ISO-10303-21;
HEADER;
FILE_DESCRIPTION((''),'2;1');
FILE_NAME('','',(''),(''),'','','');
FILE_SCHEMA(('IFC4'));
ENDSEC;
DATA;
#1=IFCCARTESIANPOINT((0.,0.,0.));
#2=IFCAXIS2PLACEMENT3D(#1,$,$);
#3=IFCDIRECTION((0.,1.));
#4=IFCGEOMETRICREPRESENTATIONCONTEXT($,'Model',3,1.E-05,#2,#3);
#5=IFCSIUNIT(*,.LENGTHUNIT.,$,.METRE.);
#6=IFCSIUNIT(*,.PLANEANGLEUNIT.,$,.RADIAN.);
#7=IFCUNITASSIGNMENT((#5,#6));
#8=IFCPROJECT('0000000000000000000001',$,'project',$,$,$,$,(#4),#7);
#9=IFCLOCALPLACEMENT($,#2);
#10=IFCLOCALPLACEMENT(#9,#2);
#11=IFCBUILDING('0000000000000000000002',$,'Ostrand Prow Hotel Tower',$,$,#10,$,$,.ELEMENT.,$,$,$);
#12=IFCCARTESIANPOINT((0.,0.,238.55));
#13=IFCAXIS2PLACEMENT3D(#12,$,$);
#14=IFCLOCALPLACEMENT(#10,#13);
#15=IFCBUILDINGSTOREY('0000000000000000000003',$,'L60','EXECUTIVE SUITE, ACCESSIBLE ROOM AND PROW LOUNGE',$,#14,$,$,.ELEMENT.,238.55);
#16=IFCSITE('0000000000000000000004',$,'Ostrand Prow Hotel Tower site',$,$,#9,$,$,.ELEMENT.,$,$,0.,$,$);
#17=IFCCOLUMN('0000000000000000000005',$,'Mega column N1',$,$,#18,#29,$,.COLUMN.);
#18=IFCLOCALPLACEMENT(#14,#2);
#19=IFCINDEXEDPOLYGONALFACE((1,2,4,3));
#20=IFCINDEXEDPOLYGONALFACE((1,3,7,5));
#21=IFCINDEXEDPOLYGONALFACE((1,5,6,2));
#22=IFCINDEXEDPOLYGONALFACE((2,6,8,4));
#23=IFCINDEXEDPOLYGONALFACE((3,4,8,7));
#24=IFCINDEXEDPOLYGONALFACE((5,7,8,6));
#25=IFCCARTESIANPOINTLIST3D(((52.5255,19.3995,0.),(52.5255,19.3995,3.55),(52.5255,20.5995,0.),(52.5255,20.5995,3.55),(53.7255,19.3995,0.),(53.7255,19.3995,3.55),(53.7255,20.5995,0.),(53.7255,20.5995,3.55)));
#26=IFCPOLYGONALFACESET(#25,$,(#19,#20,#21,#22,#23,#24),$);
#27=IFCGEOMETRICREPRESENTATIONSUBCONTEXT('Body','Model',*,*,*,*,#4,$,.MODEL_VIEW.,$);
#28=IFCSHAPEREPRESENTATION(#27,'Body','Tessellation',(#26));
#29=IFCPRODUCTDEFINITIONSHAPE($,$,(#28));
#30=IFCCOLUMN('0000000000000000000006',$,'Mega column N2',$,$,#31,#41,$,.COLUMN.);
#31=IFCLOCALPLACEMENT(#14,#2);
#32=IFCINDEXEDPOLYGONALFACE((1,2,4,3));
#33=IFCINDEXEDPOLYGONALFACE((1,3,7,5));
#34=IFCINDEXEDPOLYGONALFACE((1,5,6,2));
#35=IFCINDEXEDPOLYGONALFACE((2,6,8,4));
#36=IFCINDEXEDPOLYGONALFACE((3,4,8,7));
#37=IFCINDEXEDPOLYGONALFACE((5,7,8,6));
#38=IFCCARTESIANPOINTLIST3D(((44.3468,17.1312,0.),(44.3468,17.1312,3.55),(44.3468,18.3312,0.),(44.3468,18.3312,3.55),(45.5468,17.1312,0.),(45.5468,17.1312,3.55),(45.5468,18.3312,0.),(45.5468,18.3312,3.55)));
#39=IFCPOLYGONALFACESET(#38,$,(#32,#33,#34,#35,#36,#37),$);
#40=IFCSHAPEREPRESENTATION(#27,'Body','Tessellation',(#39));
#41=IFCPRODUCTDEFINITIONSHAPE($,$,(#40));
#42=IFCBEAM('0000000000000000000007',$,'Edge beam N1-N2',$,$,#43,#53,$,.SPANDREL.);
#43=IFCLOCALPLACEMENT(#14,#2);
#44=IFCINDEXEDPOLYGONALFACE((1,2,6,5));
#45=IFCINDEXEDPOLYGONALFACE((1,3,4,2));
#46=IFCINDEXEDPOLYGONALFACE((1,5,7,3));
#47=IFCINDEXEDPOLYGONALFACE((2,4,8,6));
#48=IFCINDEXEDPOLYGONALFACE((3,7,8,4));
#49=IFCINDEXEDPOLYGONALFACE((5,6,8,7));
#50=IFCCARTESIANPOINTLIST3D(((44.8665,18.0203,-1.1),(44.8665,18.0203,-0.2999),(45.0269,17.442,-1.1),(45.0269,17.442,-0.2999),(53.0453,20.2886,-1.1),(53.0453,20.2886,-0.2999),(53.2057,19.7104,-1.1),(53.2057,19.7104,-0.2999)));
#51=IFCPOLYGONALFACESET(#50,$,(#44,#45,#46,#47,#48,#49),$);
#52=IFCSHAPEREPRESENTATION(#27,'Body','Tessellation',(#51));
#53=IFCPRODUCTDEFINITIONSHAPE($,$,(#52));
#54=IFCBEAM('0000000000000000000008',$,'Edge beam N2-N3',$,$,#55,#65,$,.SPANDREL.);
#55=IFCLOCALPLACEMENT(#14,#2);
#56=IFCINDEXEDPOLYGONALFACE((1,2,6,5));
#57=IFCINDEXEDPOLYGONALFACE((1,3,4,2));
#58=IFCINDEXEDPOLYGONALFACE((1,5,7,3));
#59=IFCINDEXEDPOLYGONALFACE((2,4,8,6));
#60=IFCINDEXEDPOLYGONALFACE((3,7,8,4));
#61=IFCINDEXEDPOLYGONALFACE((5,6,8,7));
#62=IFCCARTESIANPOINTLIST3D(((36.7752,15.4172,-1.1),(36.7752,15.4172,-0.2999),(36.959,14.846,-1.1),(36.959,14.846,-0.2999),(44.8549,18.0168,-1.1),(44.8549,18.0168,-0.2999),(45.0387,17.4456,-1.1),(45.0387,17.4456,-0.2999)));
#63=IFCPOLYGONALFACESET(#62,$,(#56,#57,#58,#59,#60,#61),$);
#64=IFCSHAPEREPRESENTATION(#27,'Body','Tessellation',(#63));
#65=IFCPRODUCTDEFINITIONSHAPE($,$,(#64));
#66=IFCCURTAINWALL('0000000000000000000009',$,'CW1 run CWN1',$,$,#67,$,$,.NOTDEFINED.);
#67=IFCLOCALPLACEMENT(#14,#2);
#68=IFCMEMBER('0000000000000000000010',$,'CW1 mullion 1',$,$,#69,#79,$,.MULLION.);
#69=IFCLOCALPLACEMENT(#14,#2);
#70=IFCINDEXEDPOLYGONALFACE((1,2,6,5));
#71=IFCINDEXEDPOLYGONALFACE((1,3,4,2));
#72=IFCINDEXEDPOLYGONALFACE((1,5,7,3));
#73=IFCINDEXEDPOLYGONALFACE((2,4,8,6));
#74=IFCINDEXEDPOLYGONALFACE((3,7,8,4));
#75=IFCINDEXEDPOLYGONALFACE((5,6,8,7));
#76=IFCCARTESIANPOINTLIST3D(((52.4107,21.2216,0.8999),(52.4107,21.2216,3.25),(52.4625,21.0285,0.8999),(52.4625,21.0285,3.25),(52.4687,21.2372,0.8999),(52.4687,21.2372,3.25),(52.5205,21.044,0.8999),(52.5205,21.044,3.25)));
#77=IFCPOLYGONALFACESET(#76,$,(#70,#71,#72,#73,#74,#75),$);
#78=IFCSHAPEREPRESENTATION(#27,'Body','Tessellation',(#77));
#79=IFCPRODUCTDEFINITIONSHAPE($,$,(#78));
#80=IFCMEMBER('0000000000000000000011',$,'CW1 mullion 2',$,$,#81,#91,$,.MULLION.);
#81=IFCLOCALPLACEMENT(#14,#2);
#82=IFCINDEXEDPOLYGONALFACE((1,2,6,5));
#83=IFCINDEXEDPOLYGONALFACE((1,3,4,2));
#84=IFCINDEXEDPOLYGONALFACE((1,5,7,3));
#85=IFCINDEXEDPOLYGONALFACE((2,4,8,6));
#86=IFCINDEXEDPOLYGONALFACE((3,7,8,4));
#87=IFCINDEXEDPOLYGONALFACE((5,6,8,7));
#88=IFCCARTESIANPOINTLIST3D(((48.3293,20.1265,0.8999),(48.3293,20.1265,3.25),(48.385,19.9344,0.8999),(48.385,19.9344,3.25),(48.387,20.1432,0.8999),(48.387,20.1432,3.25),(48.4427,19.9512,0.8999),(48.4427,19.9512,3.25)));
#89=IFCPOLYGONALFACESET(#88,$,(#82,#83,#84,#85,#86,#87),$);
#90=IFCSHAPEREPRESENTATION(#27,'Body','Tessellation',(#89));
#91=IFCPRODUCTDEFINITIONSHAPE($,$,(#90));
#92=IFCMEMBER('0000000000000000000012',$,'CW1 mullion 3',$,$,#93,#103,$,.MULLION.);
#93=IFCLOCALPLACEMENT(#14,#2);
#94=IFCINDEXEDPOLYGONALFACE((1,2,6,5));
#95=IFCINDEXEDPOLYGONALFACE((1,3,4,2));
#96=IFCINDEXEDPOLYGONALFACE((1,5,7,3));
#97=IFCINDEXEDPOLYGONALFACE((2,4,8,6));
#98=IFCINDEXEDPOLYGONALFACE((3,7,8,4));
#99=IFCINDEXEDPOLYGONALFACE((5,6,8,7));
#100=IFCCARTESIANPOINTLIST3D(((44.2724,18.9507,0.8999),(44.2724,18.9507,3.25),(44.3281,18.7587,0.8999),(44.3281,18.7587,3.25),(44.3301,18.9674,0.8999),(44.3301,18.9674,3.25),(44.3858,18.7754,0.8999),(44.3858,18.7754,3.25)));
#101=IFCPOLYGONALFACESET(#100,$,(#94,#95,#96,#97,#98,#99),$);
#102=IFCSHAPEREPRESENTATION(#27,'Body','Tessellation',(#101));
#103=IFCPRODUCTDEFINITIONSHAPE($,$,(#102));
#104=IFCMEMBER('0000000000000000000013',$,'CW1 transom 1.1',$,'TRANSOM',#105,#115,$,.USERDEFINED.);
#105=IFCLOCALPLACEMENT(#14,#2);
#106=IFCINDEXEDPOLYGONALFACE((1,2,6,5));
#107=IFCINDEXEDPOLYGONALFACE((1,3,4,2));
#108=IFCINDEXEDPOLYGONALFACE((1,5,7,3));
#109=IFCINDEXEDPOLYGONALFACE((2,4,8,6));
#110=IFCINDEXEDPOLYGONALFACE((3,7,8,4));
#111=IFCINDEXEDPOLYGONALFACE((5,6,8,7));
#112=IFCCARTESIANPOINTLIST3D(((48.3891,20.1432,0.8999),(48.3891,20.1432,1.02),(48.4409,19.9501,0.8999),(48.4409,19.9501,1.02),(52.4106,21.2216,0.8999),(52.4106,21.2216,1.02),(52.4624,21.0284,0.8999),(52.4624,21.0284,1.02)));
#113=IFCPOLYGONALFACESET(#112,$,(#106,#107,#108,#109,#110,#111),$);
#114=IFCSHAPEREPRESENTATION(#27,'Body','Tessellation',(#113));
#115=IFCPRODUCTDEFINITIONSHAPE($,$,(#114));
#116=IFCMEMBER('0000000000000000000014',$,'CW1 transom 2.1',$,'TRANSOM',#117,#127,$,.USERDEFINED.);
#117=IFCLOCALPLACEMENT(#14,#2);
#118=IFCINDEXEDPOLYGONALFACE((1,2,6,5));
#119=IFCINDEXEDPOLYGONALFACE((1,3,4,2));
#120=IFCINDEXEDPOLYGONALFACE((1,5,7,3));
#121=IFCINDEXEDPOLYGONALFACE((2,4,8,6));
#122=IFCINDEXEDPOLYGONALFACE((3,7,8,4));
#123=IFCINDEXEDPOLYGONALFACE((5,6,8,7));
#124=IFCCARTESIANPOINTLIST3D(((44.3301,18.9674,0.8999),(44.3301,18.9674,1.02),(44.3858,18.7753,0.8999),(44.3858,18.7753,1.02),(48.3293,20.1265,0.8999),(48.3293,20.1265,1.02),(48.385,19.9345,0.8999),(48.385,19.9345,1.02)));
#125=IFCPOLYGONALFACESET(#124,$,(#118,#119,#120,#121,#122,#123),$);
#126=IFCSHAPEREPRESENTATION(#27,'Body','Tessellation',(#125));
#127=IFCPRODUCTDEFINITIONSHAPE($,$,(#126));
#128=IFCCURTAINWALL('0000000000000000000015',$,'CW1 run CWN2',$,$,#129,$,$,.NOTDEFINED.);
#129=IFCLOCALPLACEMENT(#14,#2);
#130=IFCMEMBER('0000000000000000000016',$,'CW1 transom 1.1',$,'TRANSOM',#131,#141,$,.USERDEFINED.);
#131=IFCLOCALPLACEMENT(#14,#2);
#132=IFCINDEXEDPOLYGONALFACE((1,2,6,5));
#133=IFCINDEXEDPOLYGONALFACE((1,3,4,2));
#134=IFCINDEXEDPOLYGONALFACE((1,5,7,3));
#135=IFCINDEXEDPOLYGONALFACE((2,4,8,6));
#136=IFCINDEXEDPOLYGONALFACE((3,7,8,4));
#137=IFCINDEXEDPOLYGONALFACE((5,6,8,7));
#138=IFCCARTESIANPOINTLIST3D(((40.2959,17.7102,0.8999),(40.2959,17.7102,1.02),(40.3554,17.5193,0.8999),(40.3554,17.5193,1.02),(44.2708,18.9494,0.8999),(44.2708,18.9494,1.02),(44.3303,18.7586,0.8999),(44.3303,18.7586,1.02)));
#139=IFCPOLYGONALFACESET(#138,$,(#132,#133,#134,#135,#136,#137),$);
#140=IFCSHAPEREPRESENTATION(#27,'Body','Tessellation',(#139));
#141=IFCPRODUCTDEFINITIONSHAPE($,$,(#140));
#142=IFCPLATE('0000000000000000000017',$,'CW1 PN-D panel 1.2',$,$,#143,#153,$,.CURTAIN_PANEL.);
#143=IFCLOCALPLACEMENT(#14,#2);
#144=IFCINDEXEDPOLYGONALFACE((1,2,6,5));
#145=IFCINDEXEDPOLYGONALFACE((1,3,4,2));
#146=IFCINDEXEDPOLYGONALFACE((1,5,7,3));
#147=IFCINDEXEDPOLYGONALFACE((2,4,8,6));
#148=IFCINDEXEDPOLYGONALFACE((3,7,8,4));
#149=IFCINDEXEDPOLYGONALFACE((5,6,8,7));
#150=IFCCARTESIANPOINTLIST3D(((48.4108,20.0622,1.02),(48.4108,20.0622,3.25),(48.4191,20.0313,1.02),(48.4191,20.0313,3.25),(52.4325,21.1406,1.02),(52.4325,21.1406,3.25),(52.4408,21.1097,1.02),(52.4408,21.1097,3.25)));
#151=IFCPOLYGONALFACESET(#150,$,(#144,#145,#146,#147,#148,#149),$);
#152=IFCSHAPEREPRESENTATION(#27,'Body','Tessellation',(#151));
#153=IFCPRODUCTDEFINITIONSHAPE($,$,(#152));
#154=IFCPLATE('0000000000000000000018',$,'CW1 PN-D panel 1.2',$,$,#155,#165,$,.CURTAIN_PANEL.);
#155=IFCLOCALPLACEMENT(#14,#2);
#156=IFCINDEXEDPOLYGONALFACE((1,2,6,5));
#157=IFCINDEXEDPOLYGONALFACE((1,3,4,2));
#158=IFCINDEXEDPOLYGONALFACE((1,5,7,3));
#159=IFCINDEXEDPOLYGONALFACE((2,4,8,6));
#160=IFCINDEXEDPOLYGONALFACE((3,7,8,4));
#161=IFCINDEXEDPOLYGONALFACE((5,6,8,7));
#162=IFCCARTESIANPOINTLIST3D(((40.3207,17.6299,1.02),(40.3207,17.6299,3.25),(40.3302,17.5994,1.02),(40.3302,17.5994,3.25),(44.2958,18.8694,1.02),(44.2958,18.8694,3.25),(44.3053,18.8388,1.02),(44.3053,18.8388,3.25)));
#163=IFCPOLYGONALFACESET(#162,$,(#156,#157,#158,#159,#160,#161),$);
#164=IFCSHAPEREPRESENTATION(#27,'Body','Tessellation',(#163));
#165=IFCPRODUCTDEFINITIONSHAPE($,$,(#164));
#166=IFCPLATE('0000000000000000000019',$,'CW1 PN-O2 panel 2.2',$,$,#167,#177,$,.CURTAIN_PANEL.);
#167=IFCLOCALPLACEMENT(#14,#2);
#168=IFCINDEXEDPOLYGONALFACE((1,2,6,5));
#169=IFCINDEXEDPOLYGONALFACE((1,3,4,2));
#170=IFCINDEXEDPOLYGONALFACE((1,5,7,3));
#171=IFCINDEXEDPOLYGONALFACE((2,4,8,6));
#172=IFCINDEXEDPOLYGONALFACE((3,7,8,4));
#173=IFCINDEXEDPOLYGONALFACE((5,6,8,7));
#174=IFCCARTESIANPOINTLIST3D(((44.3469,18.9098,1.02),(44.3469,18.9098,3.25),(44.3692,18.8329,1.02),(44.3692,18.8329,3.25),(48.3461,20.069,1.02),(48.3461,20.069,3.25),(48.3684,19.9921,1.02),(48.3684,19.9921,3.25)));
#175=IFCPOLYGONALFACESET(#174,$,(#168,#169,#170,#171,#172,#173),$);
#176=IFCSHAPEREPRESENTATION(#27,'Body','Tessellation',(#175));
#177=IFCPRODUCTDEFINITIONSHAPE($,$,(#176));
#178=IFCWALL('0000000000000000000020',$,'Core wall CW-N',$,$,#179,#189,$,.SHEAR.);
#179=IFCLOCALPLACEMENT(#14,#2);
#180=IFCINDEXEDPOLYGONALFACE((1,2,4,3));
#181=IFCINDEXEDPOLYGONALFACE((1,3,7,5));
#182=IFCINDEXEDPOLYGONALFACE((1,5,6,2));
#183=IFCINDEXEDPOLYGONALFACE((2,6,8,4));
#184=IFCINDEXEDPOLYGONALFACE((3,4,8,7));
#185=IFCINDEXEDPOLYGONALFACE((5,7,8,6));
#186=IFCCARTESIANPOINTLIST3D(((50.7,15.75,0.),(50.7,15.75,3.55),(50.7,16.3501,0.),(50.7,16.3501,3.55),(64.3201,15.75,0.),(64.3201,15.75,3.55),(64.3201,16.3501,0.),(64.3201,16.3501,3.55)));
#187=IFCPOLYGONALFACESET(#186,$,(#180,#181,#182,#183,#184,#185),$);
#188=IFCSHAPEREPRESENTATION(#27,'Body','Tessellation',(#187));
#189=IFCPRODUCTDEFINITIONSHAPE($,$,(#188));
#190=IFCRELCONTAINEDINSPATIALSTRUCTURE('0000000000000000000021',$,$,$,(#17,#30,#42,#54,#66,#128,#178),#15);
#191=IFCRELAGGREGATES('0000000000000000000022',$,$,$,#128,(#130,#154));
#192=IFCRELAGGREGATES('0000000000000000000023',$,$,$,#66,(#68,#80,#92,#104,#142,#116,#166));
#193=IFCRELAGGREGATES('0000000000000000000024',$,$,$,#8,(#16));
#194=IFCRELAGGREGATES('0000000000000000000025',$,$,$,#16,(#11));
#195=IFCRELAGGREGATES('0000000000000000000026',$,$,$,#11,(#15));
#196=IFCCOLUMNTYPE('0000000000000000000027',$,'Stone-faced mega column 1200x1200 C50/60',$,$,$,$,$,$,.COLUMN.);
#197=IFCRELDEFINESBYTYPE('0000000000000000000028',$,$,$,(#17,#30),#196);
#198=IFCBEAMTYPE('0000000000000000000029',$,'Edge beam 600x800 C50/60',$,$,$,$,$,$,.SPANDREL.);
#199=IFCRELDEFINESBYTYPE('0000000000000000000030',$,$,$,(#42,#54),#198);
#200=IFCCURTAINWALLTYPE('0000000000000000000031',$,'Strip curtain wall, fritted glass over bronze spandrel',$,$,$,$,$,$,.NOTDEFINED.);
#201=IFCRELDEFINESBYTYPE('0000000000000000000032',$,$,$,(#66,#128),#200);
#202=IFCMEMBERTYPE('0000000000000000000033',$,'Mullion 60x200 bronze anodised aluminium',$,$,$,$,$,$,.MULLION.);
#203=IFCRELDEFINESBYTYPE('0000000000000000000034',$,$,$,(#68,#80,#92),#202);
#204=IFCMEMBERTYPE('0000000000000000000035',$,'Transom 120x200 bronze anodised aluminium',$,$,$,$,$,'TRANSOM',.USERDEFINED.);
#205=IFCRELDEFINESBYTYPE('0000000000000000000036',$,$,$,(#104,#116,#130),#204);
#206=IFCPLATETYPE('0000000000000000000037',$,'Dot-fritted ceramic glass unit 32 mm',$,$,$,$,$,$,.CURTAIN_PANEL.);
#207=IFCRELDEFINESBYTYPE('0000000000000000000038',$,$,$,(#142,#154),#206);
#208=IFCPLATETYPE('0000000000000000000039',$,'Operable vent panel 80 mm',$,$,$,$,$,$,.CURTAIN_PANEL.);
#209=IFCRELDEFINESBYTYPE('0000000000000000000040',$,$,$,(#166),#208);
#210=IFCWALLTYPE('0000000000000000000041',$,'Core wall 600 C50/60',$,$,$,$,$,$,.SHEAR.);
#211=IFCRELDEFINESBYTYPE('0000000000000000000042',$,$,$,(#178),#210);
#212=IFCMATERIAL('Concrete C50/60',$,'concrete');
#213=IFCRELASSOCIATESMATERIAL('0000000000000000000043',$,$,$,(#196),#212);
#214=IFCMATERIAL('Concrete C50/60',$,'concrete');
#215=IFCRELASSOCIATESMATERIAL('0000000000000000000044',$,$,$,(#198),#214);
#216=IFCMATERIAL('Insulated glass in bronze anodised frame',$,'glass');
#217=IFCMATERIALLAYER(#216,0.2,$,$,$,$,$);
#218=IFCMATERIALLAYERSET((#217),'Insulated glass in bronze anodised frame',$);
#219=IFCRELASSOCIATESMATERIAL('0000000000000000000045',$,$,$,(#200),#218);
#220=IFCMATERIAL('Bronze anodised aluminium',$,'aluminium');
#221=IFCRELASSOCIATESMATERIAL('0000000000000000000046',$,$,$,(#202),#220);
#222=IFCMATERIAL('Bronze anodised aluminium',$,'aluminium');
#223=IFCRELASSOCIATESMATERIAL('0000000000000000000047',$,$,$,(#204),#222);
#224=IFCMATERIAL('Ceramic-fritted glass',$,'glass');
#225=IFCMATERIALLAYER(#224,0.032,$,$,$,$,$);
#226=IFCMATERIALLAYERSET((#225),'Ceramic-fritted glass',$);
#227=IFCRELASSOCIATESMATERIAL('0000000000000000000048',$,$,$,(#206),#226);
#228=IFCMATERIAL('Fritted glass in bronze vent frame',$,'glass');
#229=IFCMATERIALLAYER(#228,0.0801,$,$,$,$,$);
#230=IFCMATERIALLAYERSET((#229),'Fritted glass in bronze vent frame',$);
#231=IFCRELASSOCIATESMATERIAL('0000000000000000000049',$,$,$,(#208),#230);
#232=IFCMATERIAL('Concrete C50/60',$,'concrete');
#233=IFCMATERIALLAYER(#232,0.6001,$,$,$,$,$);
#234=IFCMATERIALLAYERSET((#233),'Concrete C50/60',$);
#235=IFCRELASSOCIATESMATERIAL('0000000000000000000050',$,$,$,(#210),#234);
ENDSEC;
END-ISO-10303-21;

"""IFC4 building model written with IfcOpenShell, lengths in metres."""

from ifc_helpers import new_model, si_unit, direction, frame, frame_2d, origin, origin_2d, place, context, subcontext, project, spatial, rectangle, extrude, material, layer, layer_set, material_profile, profile_set, type_object, element, aggregate, save


model = new_model("IFC4")

# Units and contexts
model_context = context("Model", 3, precision=1e-05, world=origin(), true_north=direction((0.0, 1.0)))
body_context = subcontext(model_context, "Body", "Model", "MODEL_VIEW")
ifc_project = project(units=[si_unit("LENGTHUNIT", "METRE"), si_unit("PLANEANGLEUNIT", "RADIAN")], contexts=[model_context])

# Site, building, storey
site_placement = place(None, origin())
site = spatial("IfcSite", under=ifc_project, at=site_placement, Name="Ostrand Prow Hotel Tower site", CompositionType="ELEMENT", RefElevation=0.0)
building_placement = place(site_placement, origin())
building = spatial("IfcBuilding", under=site, at=building_placement, Name="Ostrand Prow Hotel Tower", CompositionType="ELEMENT")
storey_placement = place(building_placement, frame((0.0, 0.0, 238.55)))
storey = spatial("IfcBuildingStorey", under=building, at=storey_placement, Name="L60", Description="EXECUTIVE SUITE, ACCESSIBLE ROOM AND PROW LOUNGE", CompositionType="ELEMENT", Elevation=238.55)

# Columns
ifc_material_1 = material(Name="Concrete C50/60", Category="concrete")
ifc_material_profile_1 = material_profile(ifc_material_1, rectangle(XDim=1.2, YDim=1.2, at=origin_2d()), Name="RC 1200x1200")
ifc_profile_set_1 = profile_set([ifc_material_profile_1], Name="Concrete C50/60")
column_type = type_object("IfcColumnType", Name="Stone-faced mega column 1200x1200 C50/60", PredefinedType="COLUMN", material=ifc_profile_set_1)
for number, where, z_axis, x_axis, name in (
    (1, (53.1255, 19.9995, 0.0), (0.0, 0.0, 1.0), (1.0, 0.0, 0.0), "Mega column N1"),
    (2, (44.9468, 17.7312, 0.0), (0.0, 0.0, 1.0), (1.0, 0.0, 0.0), "Mega column N2"),
):
    element("IfcColumn", number, at=place(storey_placement, frame(where, z_axis=z_axis, x_axis=x_axis)), inside=storey, type_object=column_type, Name=name, PredefinedType="COLUMN", context=body_context, shape_type="SweptSolid", body=[
        extrude(rectangle(XDim=1.2, YDim=1.2, at=origin_2d()), origin(), (0.0, 0.0, 1.0), 3.55),
    ])

# Beams
ifc_material_2 = material(Name="Concrete C50/60", Category="concrete")
ifc_material_profile_2 = material_profile(ifc_material_2, rectangle(XDim=0.6001, YDim=0.8, at=origin_2d()), Name="RC 600x800")
ifc_profile_set_2 = profile_set([ifc_material_profile_2], Name="Concrete C50/60")
beam_type = type_object("IfcBeamType", Name="Edge beam 600x800 C50/60", PredefinedType="SPANDREL", material=ifc_profile_set_2)
for number, where, z_axis, x_axis, name in (
    (3, (53.1255, 19.9995, -0.7), (-0.963626, -0.267255, 0.0), (0.267255, -0.963626, 0.0), "Edge beam N1-N2"),
    (4, (44.9468, 17.7312, -0.7), (-0.951939, -0.306287, 0.0), (0.306287, -0.951939, 0.0), "Edge beam N2-N3"),
):
    element("IfcBeam", number, at=place(storey_placement, frame(where, z_axis=z_axis, x_axis=x_axis)), inside=storey, type_object=beam_type, Name=name, PredefinedType="SPANDREL", context=body_context, shape_type="SweptSolid", body=[
        extrude(rectangle(XDim=0.6001, YDim=0.8, at=origin_2d()), origin(), (0.0, 0.0, 1.0), 8.4875),
    ])

# Curtain wall, members
ifc_material_3 = material(Name="Insulated glass in bronze anodised frame", Category="glass")
ifc_layer_1 = layer(ifc_material_3, 0.2)
ifc_layer_set_1 = layer_set([ifc_layer_1], Name="Insulated glass in bronze anodised frame")
curtain_wall_type = type_object("IfcCurtainWallType", Name="Strip curtain wall, fritted glass over bronze spandrel", PredefinedType="NOTDEFINED", material=ifc_layer_set_1)
curtain_wall_1_placement = place(storey_placement, origin())
curtain_wall_1 = element("IfcCurtainWall", 5, at=curtain_wall_1_placement, inside=storey, type_object=curtain_wall_type, Name="CW1 run CWN1", PredefinedType="NOTDEFINED")
ifc_material_4 = material(Name="Bronze anodised aluminium", Category="aluminium")
ifc_material_profile_3 = material_profile(ifc_material_4, rectangle(XDim=0.2, YDim=0.0601, at=origin_2d()), Name="Mullion 60x200 bronze anodised aluminium")
ifc_profile_set_3 = profile_set([ifc_material_profile_3], Name="Bronze anodised aluminium")
member_type_1 = type_object("IfcMemberType", Name="Mullion 60x200 bronze anodised aluminium", PredefinedType="MULLION", material=ifc_profile_set_3)
member_1_placement = place(storey_placement, frame((52.4656, 21.1328, 0.8999), z_axis=(0.0, 0.0, 1.0), x_axis=(0.258994, -0.965879, 0.0)))
member_1 = element("IfcMember", 6, at=member_1_placement, type_object=member_type_1, Name="CW1 mullion 1", PredefinedType="MULLION", context=body_context, shape_type="SweptSolid", body=[
    extrude(rectangle(XDim=0.2, YDim=0.0601, at=origin_2d()), origin(), (0.0, 0.0, 1.0), 2.3501),
])
member_2_placement = place(storey_placement, frame((48.386, 20.0388, 0.8999), z_axis=(0.0, 0.0, 1.0), x_axis=(0.278393, -0.960467, 0.0)))
member_2 = element("IfcMember", 7, at=member_2_placement, type_object=member_type_1, Name="CW1 mullion 2", PredefinedType="MULLION", context=body_context, shape_type="SweptSolid", body=[
    extrude(rectangle(XDim=0.2, YDim=0.0601, at=origin_2d()), origin(), (0.0, 0.0, 1.0), 2.3501),
])
member_3_placement = place(storey_placement, frame((44.3291, 18.863, 0.8999), z_axis=(0.0, 0.0, 1.0), x_axis=(0.278393, -0.960467, 0.0)))
member_3 = element("IfcMember", 8, at=member_3_placement, type_object=member_type_1, Name="CW1 mullion 3", PredefinedType="MULLION", context=body_context, shape_type="SweptSolid", body=[
    extrude(rectangle(XDim=0.2, YDim=0.0601, at=origin_2d()), origin(), (0.0, 0.0, 1.0), 2.3501),
])
ifc_material_5 = material(Name="Bronze anodised aluminium", Category="aluminium")
ifc_material_profile_4 = material_profile(ifc_material_5, rectangle(XDim=0.2, YDim=0.1201, at=origin_2d()), Name="Transom 120x200 bronze anodised aluminium")
ifc_profile_set_4 = profile_set([ifc_material_profile_4], Name="Bronze anodised aluminium")
member_type_2 = type_object("IfcMemberType", Name="Transom 120x200 bronze anodised aluminium", ElementType="TRANSOM", PredefinedType="USERDEFINED", material=ifc_profile_set_4)
member_4_placement = place(storey_placement, frame((52.4365, 21.125, 0.96), z_axis=(-0.965877, -0.259002, 0.0), x_axis=(0.259002, -0.965877, 0.0)))
member_4 = element("IfcMember", 9, at=member_4_placement, type_object=member_type_2, Name="CW1 transom 1.1", ObjectType="TRANSOM", PredefinedType="USERDEFINED", context=body_context, shape_type="SweptSolid", body=[
    extrude(rectangle(XDim=0.2, YDim=0.1201, at=origin_2d()), origin(), (0.0, 0.0, 1.0), 4.1636),
])
member_5_placement = place(storey_placement, frame((48.3572, 20.0305, 0.96), z_axis=(-0.960468, -0.27839, 0.0), x_axis=(0.27839, -0.960468, 0.0)))
member_5 = element("IfcMember", 10, at=member_5_placement, type_object=member_type_2, Name="CW1 transom 2.1", ObjectType="TRANSOM", PredefinedType="USERDEFINED", context=body_context, shape_type="SweptSolid", body=[
    extrude(rectangle(XDim=0.2, YDim=0.1201, at=origin_2d()), origin(), (0.0, 0.0, 1.0), 4.1638),
])

# Curtain wall, member
curtain_wall_2_placement = place(storey_placement, origin())
curtain_wall_2 = element("IfcCurtainWall", 11, at=curtain_wall_2_placement, inside=storey, type_object=curtain_wall_type, Name="CW1 run CWN2", PredefinedType="NOTDEFINED")
member_6_placement = place(storey_placement, frame((44.3005, 18.854, 0.96), z_axis=(-0.954677, -0.297644, 0.0), x_axis=(0.297644, -0.954677, 0.0)))
member_6 = element("IfcMember", 12, at=member_6_placement, type_object=member_type_2, Name="CW1 transom 1.1", ObjectType="TRANSOM", PredefinedType="USERDEFINED", context=body_context, shape_type="SweptSolid", body=[
    extrude(rectangle(XDim=0.2, YDim=0.1201, at=origin_2d()), origin(), (0.0, 0.0, 1.0), 4.1636),
])

# Plates
ifc_material_6 = material(Name="Ceramic-fritted glass", Category="glass")
ifc_layer_2 = layer(ifc_material_6, 0.032)
ifc_layer_set_2 = layer_set([ifc_layer_2], Name="Ceramic-fritted glass")
plate_type_1 = type_object("IfcPlateType", Name="Dot-fritted ceramic glass unit 32 mm", PredefinedType="CURTAIN_PANEL", material=ifc_layer_set_2)
plate_1_placement = place(storey_placement, frame((50.4258, 20.5859, 1.02), z_axis=(0.0, 0.0, 1.0), x_axis=(-0.965879, -0.258994, 0.0)))
plate_1 = element("IfcPlate", 13, at=plate_1_placement, type_object=plate_type_1, Name="CW1 PN-D panel 1.2", PredefinedType="CURTAIN_PANEL", context=body_context, shape_type="SweptSolid", body=[
    extrude(rectangle(XDim=4.1638, YDim=0.032, at=origin_2d()), origin(), (0.0, 0.0, 1.0), 2.23),
])
plate_2_placement = place(storey_placement, frame((42.313, 18.2344, 1.02), z_axis=(0.0, 0.0, 1.0), x_axis=(-0.954666, -0.297678, 0.0)))
plate_2 = element("IfcPlate", 14, at=plate_2_placement, type_object=plate_type_1, Name="CW1 PN-D panel 1.2", PredefinedType="CURTAIN_PANEL", context=body_context, shape_type="SweptSolid", body=[
    extrude(rectangle(XDim=4.1638, YDim=0.032, at=origin_2d()), origin(), (0.0, 0.0, 1.0), 2.23),
])
aggregate(curtain_wall_2, [member_6, plate_2])
ifc_material_7 = material(Name="Fritted glass in bronze vent frame", Category="glass")
ifc_layer_3 = layer(ifc_material_7, 0.0801)
ifc_layer_set_3 = layer_set([ifc_layer_3], Name="Fritted glass in bronze vent frame")
plate_type_2 = type_object("IfcPlateType", Name="Operable vent panel 80 mm", PredefinedType="CURTAIN_PANEL", material=ifc_layer_set_3)
plate_3_placement = place(storey_placement, frame((46.3577, 19.4509, 1.02), z_axis=(0.0, 0.0, 1.0), x_axis=(-0.960467, -0.278393, 0.0)))
plate_3 = element("IfcPlate", 15, at=plate_3_placement, type_object=plate_type_2, Name="CW1 PN-O2 panel 2.2", PredefinedType="CURTAIN_PANEL", context=body_context, shape_type="SweptSolid", body=[
    extrude(rectangle(XDim=4.1638, YDim=0.0801, at=origin_2d()), origin(), (0.0, 0.0, 1.0), 2.23),
])
aggregate(curtain_wall_1, [member_1, member_2, member_3, member_4, plate_1, member_5, plate_3])

# Wall
ifc_material_8 = material(Name="Concrete C50/60", Category="concrete")
ifc_layer_4 = layer(ifc_material_8, 0.6001)
ifc_layer_set_4 = layer_set([ifc_layer_4], Name="Concrete C50/60")
wall_type_1 = type_object("IfcWallType", Name="Core wall 600 C50/60", PredefinedType="SHEAR", material=ifc_layer_set_4)
wall_1_placement = place(storey_placement, frame((50.7, 16.05, 0.0), z_axis=(0.0, 0.0, 1.0), x_axis=(1.0, 0.0, 0.0)))
element("IfcWall", 16, at=wall_1_placement, inside=storey, type_object=wall_type_1, Name="Core wall CW-N", PredefinedType="SHEAR", context=body_context, shape_type="SweptSolid", body=[
    extrude(rectangle(XDim=13.6201, YDim=0.6001, at=frame_2d((6.8101, 0.0))), origin(), (0.0, 0.0, 1.0), 3.55),
])

save(model, "model.ifc")
